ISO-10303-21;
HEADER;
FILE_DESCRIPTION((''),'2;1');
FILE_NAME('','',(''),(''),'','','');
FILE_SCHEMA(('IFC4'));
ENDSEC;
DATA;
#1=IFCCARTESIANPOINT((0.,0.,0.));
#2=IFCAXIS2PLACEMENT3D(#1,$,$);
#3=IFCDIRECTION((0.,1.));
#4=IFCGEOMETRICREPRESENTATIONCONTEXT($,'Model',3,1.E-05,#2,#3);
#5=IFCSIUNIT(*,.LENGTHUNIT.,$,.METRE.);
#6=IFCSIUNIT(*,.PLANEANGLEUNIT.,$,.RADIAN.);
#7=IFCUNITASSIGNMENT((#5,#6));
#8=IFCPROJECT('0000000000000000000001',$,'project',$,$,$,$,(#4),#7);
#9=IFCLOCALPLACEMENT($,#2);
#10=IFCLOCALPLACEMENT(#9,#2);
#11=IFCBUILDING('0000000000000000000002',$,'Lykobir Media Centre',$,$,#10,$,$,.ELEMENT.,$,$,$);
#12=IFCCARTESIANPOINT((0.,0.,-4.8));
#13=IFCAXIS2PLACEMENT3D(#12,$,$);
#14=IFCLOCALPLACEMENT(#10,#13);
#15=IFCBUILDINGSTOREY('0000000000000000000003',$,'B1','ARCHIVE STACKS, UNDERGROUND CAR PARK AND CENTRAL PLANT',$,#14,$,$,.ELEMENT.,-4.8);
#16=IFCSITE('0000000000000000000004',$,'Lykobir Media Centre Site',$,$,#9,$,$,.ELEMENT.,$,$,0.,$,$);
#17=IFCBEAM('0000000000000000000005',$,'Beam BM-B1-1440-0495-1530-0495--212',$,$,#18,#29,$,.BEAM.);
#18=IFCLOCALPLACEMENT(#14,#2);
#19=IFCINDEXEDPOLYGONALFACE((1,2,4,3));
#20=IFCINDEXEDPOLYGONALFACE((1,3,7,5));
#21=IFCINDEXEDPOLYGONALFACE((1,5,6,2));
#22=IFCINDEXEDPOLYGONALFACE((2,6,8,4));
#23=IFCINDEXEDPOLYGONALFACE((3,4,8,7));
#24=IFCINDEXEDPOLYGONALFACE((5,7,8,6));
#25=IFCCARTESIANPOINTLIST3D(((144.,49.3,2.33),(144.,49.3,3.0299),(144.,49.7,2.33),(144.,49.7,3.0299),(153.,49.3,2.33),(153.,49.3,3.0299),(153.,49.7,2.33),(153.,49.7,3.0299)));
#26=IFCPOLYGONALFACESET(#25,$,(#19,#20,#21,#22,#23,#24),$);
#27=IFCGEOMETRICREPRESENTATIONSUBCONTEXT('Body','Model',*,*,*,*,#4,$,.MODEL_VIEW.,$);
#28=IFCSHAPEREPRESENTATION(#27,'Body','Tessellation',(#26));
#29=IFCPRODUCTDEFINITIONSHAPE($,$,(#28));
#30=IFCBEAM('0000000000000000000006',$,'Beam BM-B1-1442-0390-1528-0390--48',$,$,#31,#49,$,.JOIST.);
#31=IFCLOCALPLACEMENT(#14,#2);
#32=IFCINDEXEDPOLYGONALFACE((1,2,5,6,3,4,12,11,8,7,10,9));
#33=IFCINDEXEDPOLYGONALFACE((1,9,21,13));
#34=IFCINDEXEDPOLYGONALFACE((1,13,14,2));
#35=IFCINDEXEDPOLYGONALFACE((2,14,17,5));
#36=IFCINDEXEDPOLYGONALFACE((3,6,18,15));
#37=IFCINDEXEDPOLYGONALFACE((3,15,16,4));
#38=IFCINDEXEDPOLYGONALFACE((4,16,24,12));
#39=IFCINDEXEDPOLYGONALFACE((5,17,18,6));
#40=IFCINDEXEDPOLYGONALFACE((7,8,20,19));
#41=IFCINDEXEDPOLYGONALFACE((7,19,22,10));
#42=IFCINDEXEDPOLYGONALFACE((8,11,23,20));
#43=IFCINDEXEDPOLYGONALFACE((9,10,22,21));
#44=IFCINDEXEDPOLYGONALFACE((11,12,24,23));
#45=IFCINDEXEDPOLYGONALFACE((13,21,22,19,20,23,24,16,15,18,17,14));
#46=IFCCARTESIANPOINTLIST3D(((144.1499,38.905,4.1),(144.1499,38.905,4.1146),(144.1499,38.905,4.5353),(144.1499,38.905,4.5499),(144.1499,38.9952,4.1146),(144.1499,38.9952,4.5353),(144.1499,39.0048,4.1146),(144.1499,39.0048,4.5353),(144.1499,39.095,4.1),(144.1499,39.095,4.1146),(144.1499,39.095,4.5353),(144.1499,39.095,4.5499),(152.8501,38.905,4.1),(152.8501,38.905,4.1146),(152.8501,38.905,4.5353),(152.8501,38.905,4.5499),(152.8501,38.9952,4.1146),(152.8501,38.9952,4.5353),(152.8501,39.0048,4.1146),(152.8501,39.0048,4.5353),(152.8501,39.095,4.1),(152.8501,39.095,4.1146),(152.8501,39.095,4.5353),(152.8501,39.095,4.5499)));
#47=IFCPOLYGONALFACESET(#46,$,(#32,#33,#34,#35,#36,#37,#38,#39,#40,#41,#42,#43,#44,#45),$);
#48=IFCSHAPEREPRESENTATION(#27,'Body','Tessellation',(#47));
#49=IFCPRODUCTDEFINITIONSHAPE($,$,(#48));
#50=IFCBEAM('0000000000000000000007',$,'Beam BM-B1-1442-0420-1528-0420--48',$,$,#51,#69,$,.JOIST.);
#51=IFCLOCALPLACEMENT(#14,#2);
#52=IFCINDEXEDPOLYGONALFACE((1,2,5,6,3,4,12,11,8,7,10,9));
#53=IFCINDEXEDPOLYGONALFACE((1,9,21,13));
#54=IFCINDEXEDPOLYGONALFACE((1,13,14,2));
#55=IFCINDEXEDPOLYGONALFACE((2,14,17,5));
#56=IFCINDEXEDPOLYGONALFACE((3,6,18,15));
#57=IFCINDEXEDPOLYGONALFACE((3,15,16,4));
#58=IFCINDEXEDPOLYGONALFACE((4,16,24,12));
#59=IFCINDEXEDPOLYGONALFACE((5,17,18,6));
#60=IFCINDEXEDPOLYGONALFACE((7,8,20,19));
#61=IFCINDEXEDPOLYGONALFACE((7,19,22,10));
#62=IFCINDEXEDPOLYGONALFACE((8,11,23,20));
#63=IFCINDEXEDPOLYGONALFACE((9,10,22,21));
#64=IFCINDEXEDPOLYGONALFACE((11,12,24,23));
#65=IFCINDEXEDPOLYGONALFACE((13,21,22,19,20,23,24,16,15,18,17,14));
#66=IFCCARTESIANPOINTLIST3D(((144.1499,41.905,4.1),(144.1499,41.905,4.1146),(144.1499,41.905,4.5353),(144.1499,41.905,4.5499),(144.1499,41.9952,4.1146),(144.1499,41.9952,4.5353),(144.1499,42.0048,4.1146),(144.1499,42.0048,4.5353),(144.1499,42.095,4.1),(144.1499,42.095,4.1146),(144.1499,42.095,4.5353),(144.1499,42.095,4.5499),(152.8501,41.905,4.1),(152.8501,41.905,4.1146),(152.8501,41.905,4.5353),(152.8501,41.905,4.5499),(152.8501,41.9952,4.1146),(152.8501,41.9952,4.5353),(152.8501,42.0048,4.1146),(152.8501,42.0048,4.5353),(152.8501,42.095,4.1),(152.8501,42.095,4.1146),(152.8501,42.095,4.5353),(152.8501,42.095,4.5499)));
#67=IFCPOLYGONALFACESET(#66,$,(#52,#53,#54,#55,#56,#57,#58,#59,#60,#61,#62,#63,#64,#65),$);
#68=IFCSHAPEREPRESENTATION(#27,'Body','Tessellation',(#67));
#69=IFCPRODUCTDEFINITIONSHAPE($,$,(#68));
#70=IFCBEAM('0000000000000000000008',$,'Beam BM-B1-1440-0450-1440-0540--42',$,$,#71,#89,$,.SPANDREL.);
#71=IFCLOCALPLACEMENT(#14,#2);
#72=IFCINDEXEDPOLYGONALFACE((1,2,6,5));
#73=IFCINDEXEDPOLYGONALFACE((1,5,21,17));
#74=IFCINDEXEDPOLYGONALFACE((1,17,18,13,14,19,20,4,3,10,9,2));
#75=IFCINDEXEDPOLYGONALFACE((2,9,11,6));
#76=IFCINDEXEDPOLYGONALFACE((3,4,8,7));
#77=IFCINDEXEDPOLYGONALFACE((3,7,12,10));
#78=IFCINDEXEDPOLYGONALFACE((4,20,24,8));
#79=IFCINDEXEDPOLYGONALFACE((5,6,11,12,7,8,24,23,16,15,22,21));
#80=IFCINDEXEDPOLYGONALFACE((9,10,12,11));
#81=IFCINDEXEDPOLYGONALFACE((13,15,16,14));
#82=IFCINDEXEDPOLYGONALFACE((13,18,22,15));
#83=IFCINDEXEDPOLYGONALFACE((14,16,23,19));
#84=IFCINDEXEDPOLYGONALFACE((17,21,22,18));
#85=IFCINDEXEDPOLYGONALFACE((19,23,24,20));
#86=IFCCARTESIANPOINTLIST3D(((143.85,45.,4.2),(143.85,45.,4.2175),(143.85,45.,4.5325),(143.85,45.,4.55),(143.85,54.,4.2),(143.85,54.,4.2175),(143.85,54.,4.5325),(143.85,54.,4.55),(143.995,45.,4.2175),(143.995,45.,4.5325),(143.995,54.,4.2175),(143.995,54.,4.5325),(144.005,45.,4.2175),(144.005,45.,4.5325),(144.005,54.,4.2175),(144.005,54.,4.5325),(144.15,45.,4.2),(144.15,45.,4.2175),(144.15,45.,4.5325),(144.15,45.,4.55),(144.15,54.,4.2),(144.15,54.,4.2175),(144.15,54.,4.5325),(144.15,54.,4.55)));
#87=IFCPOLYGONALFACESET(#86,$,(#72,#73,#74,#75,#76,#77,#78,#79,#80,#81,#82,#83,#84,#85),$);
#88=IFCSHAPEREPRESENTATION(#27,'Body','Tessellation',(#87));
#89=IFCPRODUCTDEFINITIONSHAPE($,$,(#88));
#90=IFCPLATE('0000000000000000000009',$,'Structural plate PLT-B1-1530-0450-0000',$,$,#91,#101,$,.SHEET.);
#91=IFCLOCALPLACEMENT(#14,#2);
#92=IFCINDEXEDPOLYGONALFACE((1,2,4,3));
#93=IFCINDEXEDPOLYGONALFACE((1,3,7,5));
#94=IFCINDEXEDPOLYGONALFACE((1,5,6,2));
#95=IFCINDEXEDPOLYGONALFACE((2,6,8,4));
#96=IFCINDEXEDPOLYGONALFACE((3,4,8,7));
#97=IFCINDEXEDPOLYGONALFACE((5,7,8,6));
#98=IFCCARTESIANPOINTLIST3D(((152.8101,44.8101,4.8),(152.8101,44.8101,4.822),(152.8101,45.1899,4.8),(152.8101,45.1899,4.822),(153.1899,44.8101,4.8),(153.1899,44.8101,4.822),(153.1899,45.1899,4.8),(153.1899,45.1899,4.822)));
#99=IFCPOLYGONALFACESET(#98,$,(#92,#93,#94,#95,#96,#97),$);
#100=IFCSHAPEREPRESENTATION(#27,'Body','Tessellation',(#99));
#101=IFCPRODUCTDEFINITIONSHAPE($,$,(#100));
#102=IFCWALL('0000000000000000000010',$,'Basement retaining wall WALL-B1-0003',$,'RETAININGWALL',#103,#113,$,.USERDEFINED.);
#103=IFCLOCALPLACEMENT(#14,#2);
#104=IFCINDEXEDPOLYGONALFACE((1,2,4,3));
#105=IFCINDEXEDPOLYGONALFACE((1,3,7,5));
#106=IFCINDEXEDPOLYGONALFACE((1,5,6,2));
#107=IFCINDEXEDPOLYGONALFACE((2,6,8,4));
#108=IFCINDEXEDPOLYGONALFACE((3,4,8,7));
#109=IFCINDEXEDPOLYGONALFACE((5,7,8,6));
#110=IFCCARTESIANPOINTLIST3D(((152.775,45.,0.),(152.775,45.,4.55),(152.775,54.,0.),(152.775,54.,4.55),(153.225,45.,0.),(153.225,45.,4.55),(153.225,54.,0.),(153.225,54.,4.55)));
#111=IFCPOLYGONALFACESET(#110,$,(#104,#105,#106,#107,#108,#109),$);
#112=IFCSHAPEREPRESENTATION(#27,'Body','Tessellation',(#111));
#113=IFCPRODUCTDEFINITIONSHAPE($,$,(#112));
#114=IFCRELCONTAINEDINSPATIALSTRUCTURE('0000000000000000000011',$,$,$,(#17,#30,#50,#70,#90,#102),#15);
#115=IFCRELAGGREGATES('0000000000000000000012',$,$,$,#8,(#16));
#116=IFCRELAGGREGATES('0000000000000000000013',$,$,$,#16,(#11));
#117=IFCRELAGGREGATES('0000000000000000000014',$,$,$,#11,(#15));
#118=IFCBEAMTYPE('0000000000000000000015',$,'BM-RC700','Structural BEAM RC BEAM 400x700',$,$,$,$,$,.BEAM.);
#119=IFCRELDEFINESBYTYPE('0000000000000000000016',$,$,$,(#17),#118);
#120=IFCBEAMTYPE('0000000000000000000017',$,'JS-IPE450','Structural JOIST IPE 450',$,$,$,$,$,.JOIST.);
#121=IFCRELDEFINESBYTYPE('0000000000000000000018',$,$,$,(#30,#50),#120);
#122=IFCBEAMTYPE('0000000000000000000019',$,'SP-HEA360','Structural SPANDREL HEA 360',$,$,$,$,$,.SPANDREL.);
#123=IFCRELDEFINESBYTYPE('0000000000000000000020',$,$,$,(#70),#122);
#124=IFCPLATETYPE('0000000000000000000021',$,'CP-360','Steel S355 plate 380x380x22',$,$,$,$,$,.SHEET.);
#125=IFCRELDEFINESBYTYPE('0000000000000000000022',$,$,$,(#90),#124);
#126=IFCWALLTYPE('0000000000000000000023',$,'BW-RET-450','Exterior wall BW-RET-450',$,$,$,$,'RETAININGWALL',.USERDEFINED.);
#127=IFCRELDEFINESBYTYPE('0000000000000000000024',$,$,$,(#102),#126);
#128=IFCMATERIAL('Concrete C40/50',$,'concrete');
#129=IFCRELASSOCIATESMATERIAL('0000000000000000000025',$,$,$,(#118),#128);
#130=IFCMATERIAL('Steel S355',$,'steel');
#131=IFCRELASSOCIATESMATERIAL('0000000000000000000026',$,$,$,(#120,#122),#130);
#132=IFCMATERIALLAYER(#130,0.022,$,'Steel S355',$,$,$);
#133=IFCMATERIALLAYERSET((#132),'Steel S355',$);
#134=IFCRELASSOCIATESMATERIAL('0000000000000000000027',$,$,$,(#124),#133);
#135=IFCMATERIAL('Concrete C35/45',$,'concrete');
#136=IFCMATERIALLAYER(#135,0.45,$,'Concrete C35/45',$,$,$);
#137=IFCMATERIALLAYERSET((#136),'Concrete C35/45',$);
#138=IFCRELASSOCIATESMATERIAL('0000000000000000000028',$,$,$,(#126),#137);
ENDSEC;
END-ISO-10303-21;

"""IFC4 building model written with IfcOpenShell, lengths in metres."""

from ifc_helpers import new_model, si_unit, direction, frame, frame_2d, origin, origin_2d, place, context, subcontext, project, spatial, rectangle, i_section, extrude, material, layer, layer_set, material_profile, profile_set, type_object, element, save


model = new_model("IFC4")

# Units and contexts
model_context = context("Model", 3, precision=1e-05, world=origin(), true_north=direction((0.0, 1.0)))
body_context = subcontext(model_context, "Body", "Model", "MODEL_VIEW")
ifc_project = project(units=[si_unit("LENGTHUNIT", "METRE"), si_unit("PLANEANGLEUNIT", "RADIAN")], contexts=[model_context])

# Site, building, storey
site_placement = place(None, origin())
site = spatial("IfcSite", under=ifc_project, at=site_placement, Name="Lykobir Media Centre Site", CompositionType="ELEMENT", RefElevation=0.0)
building_placement = place(site_placement, origin())
building = spatial("IfcBuilding", under=site, at=building_placement, Name="Lykobir Media Centre", CompositionType="ELEMENT")
storey_placement = place(building_placement, frame((0.0, 0.0, -4.8)))
storey = spatial("IfcBuildingStorey", under=building, at=storey_placement, Name="B1", Description="ARCHIVE STACKS, UNDERGROUND CAR PARK AND CENTRAL PLANT", CompositionType="ELEMENT", Elevation=-4.8)

# Shared definitions
ifc_material_1 = material(Name="Concrete C35/45", Category="concrete")

# Shared definitions
ifc_material_2 = material(Name="Concrete C40/50", Category="concrete")
ifc_material_3 = material(Name="Steel S355", Category="steel")

# Beams
ifc_material_profile_1 = material_profile(ifc_material_2, rectangle(XDim=0.3999, YDim=0.7, at=origin_2d()), Name="RC BEAM 400x700")
ifc_profile_set_1 = profile_set([ifc_material_profile_1], Name="Concrete C40/50")
beam_type_1 = type_object("IfcBeamType", Name="BM-RC700", Description="Structural BEAM RC BEAM 400x700", PredefinedType="BEAM", material=ifc_profile_set_1)
for number, where, z_axis, x_axis, name in (
    (1, (144.0, 49.5, 2.6799), (1.0, 0.0, 0.0), (0.0, 1.0, 0.0), "Beam BM-B1-1440-0495-1530-0495--212"),
):
    element("IfcBeam", number, at=place(storey_placement, frame(where, z_axis=z_axis, x_axis=x_axis)), inside=storey, type_object=beam_type_1, Name=name, PredefinedType="BEAM", context=body_context, shape_type="SweptSolid", body=[
        extrude(rectangle(XDim=0.3999, YDim=0.7, at=origin_2d()), origin(), (0.0, 0.0, 1.0), 9.0),
    ])
ifc_material_profile_2 = material_profile(ifc_material_3, i_section(OverallWidth=0.1899, OverallDepth=0.45, WebThickness=0.0095, FlangeThickness=0.0146, at=origin_2d()), Name="IPE 450")
ifc_profile_set_2 = profile_set([ifc_material_profile_2], Name="Steel S355")
beam_type_2 = type_object("IfcBeamType", Name="JS-IPE450", Description="Structural JOIST IPE 450", PredefinedType="JOIST", material=ifc_profile_set_2)
for number, where, z_axis, x_axis, name in (
    (2, (144.1499, 39.0, 4.325), (1.0, 0.0, 0.0), (0.0, 1.0, 0.0), "Beam BM-B1-1442-0390-1528-0390--48"),
    (3, (144.1499, 42.0, 4.325), (1.0, 0.0, 0.0), (0.0, 1.0, 0.0), "Beam BM-B1-1442-0420-1528-0420--48"),
):
    element("IfcBeam", number, at=place(storey_placement, frame(where, z_axis=z_axis, x_axis=x_axis)), inside=storey, type_object=beam_type_2, Name=name, PredefinedType="JOIST", context=body_context, shape_type="SweptSolid", body=[
        extrude(i_section(OverallWidth=0.1899, OverallDepth=0.45, WebThickness=0.0095, FlangeThickness=0.0146, at=origin_2d()), origin(), (0.0, 0.0, 1.0), 8.7002),
    ])
ifc_material_profile_3 = material_profile(ifc_material_3, i_section(OverallWidth=0.3, OverallDepth=0.3501, WebThickness=0.01, FlangeThickness=0.0176, at=origin_2d()), Name="HEA 360")
ifc_profile_set_3 = profile_set([ifc_material_profile_3], Name="Steel S355")
beam_type_3 = type_object("IfcBeamType", Name="SP-HEA360", Description="Structural SPANDREL HEA 360", PredefinedType="SPANDREL", material=ifc_profile_set_3)
beam_1_placement = place(storey_placement, frame((144.0, 45.0, 4.375), z_axis=(0.0, 1.0, 0.0), x_axis=(-1.0, 0.0, 0.0)))
element("IfcBeam", 4, at=beam_1_placement, inside=storey, type_object=beam_type_3, Name="Beam BM-B1-1440-0450-1440-0540--42", PredefinedType="SPANDREL", context=body_context, shape_type="SweptSolid", body=[
    extrude(i_section(OverallWidth=0.3, OverallDepth=0.3501, WebThickness=0.01, FlangeThickness=0.0176, at=origin_2d()), origin(), (0.0, 0.0, 1.0), 9.0),
])

# Plate
ifc_layer_1 = layer(ifc_material_3, 0.022, Name="Steel S355")
ifc_layer_set_1 = layer_set([ifc_layer_1], Name="Steel S355")
plate_type = type_object("IfcPlateType", Name="CP-360", Description="Steel S355 plate 380x380x22", PredefinedType="SHEET", material=ifc_layer_set_1)
plate_placement = place(storey_placement, frame((153.0, 45.0, 4.8), z_axis=(0.0, 0.0, 1.0), x_axis=(1.0, 0.0, 0.0)))
element("IfcPlate", 5, at=plate_placement, inside=storey, type_object=plate_type, Name="Structural plate PLT-B1-1530-0450-0000", PredefinedType="SHEET", context=body_context, shape_type="SweptSolid", body=[
    extrude(rectangle(XDim=0.3799, YDim=0.3799, at=origin_2d()), origin(), (0.0, 0.0, 1.0), 0.022),
])

# Wall
ifc_layer_2 = layer(ifc_material_1, 0.45, Name="Concrete C35/45")
ifc_layer_set_2 = layer_set([ifc_layer_2], Name="Concrete C35/45")
wall_type = type_object("IfcWallType", Name="BW-RET-450", Description="Exterior wall BW-RET-450", ElementType="RETAININGWALL", PredefinedType="USERDEFINED", material=ifc_layer_set_2)
wall_placement = place(storey_placement, frame((153.0, 45.0, 0.0), z_axis=(0.0, 0.0, 1.0), x_axis=(0.0, 1.0, 0.0)))
element("IfcWall", 6, at=wall_placement, inside=storey, type_object=wall_type, Name="Basement retaining wall WALL-B1-0003", ObjectType="RETAININGWALL", PredefinedType="USERDEFINED", context=body_context, shape_type="SweptSolid", body=[
    extrude(rectangle(XDim=9.0, YDim=0.45, at=frame_2d((4.5, 0.0))), origin(), (0.0, 0.0, 1.0), 4.55),
])

save(model, "model.ifc")
